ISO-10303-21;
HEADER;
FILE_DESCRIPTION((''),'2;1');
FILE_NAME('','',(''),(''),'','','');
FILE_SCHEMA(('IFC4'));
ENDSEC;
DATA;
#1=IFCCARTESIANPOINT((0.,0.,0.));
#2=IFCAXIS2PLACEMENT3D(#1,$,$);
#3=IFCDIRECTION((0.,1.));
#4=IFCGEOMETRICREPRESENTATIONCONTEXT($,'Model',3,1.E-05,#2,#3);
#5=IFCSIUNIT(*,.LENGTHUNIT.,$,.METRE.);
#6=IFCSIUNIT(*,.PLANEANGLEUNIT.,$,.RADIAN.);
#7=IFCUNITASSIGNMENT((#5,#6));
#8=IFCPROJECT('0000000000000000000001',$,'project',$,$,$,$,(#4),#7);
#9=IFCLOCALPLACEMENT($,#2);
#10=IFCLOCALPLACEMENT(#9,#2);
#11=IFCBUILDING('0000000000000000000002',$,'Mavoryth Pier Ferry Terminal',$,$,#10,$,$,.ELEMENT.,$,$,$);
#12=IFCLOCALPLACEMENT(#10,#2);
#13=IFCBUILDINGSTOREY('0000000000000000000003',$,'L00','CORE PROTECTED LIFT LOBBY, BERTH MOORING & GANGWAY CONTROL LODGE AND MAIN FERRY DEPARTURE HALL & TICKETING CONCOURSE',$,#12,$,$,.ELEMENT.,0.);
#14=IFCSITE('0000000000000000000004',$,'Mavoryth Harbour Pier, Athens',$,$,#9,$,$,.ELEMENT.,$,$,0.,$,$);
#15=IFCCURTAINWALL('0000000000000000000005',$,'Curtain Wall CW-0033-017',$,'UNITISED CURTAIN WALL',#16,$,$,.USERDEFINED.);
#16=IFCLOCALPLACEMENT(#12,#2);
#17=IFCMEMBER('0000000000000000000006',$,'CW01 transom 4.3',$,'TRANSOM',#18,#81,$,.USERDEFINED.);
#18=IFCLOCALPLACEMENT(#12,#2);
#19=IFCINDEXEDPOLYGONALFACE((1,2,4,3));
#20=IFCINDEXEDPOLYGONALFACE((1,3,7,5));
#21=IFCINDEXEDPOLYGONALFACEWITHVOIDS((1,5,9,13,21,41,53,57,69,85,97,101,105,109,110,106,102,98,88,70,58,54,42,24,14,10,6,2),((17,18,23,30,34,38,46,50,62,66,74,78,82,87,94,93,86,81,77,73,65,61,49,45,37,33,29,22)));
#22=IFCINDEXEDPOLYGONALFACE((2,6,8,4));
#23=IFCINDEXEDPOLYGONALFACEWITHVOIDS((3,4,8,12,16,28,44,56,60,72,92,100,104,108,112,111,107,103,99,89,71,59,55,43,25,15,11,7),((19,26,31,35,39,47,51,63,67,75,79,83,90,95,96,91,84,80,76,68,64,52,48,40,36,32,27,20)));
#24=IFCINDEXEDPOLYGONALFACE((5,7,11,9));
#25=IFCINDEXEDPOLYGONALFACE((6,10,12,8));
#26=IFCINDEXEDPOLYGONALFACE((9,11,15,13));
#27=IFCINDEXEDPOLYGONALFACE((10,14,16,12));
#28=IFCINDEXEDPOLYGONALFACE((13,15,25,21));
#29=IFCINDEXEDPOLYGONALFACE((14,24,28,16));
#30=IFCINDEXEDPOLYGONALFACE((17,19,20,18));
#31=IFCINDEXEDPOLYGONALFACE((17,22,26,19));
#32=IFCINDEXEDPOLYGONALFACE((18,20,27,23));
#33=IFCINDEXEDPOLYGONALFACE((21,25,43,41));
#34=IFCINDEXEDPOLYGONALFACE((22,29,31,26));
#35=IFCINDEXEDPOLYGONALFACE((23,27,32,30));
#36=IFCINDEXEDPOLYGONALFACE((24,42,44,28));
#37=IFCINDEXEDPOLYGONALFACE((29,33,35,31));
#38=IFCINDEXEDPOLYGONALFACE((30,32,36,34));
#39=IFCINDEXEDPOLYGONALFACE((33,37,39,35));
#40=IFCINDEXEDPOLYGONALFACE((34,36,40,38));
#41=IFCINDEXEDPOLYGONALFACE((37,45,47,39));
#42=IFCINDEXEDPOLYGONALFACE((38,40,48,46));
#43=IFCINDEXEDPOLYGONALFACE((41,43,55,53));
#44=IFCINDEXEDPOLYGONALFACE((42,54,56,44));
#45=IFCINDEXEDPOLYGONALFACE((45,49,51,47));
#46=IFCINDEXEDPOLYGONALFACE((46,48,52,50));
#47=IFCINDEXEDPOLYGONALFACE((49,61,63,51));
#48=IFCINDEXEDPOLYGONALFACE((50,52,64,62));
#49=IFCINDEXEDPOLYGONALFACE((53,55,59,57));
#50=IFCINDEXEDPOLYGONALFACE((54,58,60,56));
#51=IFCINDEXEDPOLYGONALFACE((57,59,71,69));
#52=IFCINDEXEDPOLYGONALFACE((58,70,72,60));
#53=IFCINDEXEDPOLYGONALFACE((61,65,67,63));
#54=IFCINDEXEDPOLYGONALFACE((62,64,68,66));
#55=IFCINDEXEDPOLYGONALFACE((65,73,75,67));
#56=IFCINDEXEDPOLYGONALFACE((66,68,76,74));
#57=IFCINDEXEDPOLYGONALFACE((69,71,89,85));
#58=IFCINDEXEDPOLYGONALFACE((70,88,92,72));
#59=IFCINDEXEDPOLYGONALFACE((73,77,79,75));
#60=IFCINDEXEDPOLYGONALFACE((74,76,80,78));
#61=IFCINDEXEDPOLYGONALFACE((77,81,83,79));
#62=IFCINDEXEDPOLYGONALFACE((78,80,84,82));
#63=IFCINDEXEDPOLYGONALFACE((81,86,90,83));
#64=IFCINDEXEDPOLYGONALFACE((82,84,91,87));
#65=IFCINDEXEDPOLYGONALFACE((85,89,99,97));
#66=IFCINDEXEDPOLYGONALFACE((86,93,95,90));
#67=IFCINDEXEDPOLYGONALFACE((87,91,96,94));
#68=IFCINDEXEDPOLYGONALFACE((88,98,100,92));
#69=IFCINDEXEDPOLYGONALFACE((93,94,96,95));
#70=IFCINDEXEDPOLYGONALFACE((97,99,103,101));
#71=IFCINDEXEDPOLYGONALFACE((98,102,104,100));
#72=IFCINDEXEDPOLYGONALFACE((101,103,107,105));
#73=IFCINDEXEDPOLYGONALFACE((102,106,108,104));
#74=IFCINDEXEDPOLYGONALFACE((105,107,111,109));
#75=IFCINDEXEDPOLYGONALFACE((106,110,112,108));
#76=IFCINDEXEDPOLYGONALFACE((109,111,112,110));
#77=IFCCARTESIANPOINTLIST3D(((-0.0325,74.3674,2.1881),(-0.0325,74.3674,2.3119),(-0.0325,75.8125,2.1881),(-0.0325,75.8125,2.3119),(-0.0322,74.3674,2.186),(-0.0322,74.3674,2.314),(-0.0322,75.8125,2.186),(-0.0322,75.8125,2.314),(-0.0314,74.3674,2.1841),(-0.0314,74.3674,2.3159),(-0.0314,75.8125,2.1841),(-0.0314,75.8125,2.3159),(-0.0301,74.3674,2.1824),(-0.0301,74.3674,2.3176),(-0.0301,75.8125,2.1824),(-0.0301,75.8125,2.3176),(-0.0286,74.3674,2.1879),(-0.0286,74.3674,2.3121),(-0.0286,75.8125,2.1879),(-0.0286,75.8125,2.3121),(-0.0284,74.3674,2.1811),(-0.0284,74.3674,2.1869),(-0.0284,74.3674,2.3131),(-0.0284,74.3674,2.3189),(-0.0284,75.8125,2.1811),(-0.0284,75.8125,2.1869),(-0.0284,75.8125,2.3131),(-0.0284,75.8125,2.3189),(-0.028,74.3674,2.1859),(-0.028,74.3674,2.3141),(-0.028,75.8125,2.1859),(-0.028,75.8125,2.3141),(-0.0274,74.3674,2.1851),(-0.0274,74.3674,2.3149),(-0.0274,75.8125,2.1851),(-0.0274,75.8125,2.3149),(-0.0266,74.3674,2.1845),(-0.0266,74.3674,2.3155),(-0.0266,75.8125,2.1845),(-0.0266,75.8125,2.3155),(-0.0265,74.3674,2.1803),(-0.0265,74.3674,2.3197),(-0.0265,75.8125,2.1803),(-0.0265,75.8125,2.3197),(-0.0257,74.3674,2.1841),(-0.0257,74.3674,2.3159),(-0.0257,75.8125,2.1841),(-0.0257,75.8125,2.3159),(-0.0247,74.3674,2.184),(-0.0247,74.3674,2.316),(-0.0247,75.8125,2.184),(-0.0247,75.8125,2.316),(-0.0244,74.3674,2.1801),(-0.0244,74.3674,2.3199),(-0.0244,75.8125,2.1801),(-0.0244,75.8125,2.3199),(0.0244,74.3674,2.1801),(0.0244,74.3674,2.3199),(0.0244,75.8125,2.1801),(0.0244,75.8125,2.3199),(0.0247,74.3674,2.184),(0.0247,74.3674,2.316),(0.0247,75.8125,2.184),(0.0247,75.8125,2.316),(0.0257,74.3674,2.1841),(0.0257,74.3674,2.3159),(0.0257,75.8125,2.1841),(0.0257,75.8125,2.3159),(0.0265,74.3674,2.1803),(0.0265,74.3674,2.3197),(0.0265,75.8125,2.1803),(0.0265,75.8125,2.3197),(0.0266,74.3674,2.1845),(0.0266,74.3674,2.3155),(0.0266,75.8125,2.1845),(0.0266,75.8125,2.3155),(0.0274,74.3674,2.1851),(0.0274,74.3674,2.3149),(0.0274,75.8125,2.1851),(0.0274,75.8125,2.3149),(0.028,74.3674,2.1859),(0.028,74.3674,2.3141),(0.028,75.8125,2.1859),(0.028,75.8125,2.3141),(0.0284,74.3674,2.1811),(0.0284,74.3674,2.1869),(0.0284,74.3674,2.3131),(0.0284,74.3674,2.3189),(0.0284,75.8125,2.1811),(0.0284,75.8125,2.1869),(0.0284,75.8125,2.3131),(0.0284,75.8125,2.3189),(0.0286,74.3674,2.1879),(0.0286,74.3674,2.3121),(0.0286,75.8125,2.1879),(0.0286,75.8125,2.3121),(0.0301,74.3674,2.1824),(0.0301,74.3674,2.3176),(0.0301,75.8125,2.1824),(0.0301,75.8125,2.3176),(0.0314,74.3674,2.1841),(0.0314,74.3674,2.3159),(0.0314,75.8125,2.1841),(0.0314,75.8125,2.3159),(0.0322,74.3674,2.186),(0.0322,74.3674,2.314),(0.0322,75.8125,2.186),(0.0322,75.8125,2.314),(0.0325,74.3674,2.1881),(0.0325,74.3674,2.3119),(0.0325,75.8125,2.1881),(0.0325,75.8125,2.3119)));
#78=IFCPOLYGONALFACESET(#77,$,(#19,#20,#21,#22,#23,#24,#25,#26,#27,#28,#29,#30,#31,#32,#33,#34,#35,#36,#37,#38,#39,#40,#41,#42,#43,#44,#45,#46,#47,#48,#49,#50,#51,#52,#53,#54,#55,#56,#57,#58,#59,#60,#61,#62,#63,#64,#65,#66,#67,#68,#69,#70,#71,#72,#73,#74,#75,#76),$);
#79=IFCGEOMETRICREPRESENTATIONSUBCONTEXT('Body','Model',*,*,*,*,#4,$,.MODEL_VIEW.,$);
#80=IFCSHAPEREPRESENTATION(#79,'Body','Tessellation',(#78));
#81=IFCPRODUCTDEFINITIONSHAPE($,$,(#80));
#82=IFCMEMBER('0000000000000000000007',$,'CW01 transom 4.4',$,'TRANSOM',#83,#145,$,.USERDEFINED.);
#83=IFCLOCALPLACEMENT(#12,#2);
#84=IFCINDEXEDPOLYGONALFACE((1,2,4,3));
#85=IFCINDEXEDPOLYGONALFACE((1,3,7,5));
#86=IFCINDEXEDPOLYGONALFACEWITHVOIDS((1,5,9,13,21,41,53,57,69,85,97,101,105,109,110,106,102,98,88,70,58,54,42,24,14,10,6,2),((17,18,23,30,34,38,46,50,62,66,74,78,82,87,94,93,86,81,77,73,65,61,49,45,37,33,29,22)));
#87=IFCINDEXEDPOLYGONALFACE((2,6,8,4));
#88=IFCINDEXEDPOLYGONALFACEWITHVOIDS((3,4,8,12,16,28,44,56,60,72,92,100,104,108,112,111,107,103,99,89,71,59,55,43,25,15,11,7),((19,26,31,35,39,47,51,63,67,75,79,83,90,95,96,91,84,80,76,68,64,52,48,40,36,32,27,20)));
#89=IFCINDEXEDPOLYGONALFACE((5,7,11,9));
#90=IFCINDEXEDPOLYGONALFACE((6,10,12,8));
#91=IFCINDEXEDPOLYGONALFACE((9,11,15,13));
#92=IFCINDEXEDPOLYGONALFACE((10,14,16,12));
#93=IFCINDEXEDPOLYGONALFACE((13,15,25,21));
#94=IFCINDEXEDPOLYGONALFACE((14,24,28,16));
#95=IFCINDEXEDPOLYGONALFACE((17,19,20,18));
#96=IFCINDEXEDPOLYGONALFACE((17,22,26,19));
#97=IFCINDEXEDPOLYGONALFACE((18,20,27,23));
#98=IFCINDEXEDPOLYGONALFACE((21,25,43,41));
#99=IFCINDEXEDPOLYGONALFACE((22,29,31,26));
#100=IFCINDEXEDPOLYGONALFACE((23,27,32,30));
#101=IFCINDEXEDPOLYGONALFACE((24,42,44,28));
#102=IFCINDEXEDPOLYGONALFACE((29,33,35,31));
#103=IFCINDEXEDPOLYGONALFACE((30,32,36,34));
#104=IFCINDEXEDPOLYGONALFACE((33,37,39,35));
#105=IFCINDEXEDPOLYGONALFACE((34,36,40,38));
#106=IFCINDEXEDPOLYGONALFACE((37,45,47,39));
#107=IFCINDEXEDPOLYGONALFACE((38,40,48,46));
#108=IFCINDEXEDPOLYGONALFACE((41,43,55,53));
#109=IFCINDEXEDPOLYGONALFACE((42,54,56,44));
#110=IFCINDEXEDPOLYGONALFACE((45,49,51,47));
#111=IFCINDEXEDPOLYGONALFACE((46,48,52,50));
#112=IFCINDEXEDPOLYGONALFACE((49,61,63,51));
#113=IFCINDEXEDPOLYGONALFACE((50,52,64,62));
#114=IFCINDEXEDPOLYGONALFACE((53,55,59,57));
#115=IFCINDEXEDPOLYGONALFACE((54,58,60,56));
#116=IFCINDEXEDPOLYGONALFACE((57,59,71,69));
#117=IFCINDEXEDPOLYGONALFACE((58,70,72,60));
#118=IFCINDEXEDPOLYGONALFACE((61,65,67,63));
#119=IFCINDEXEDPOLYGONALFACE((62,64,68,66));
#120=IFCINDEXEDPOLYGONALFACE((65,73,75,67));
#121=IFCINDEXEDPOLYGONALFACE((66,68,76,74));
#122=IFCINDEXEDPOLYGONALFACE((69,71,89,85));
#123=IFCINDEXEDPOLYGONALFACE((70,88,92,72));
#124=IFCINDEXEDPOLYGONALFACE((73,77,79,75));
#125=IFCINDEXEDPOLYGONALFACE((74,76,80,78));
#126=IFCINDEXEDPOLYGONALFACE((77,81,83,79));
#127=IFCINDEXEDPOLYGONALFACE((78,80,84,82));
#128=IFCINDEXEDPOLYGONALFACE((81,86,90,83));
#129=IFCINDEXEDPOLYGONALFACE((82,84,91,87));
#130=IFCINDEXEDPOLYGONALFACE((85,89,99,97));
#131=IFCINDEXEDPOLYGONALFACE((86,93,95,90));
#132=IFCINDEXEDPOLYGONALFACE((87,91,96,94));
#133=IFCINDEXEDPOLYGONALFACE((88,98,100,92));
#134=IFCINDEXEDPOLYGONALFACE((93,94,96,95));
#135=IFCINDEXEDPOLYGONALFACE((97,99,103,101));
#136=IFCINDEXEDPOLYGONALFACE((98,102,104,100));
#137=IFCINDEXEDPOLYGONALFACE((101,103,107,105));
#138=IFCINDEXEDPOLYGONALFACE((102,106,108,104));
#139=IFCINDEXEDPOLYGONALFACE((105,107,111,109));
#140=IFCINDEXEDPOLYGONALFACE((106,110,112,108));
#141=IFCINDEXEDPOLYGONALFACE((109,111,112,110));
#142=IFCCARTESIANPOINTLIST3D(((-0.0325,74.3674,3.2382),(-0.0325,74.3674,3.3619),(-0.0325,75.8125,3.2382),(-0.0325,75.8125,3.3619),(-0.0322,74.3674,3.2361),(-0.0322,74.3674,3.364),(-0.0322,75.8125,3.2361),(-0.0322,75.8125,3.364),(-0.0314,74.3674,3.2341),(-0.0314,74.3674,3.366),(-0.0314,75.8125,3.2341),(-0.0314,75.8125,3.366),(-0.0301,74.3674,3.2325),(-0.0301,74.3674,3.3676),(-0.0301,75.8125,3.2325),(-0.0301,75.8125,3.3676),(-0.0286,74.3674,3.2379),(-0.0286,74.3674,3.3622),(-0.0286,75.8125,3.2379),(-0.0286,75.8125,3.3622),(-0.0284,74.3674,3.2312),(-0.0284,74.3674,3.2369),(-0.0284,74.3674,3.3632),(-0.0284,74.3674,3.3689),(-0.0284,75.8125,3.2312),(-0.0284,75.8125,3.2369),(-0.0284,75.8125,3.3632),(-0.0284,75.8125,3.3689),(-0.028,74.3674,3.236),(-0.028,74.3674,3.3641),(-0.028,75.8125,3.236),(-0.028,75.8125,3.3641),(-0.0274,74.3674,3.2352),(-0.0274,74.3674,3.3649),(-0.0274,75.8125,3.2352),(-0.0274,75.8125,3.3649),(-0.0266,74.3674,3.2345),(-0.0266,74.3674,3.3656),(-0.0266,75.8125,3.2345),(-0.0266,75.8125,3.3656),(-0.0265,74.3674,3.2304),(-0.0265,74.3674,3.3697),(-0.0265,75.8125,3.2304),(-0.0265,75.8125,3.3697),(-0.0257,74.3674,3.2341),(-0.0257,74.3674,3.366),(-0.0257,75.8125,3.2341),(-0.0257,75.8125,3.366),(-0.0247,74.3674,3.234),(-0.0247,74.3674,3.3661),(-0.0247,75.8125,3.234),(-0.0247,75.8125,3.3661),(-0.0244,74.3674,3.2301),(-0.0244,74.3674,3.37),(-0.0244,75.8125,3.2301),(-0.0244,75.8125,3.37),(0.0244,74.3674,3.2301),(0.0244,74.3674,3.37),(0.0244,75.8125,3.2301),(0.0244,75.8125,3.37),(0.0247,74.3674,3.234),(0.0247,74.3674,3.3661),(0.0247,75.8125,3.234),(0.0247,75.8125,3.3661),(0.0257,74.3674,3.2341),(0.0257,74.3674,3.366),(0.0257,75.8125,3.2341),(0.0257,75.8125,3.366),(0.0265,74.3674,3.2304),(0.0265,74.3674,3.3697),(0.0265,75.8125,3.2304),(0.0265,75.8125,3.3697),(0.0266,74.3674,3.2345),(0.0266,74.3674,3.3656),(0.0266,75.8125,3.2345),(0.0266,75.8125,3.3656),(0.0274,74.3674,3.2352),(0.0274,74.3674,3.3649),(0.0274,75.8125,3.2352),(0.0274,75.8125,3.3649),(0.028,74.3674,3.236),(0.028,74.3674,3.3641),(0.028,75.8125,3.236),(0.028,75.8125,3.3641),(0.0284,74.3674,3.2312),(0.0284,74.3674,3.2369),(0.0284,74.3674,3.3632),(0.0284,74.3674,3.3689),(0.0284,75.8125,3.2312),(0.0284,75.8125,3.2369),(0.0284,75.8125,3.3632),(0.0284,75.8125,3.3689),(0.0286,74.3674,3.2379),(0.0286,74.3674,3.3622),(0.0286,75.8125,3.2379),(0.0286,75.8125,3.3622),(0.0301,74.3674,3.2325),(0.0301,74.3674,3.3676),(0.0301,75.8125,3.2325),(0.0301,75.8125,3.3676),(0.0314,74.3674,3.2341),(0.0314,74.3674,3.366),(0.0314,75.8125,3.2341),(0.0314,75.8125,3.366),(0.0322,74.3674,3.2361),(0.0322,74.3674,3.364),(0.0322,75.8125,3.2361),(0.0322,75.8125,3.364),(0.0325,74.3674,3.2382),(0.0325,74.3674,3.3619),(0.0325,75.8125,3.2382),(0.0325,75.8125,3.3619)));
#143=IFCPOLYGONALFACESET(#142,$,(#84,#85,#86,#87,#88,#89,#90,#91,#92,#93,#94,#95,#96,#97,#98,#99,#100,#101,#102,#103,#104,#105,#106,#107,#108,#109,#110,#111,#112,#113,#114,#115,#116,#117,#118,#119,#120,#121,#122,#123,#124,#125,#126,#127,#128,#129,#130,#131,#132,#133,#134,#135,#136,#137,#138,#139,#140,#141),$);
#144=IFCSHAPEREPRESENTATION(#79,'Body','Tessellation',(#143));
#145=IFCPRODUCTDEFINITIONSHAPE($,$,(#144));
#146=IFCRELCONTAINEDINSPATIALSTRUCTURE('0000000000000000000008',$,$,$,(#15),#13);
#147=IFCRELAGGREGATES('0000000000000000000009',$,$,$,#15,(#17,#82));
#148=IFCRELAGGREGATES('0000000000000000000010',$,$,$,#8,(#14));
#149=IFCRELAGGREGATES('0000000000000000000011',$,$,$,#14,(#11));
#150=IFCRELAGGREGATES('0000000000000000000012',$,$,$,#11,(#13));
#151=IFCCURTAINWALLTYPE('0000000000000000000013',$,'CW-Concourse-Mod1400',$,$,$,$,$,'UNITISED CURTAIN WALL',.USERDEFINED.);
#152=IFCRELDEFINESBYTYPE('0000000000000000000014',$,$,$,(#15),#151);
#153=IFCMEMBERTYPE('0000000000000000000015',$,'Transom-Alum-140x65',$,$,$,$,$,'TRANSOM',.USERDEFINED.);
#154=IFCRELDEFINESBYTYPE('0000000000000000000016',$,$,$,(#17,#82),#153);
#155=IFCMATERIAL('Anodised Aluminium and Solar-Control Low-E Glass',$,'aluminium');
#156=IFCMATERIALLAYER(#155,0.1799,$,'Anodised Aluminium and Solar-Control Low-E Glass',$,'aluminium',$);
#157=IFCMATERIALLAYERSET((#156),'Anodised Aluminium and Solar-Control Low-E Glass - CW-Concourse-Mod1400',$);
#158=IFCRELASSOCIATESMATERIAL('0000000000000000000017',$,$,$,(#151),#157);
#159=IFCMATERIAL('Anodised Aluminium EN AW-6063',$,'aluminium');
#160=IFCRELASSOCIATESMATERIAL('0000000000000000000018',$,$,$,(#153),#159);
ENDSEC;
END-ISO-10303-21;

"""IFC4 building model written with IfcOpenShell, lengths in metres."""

from ifc_helpers import new_model, si_unit, direction, frame, origin, origin_2d, place, context, subcontext, project, spatial, hollow_rectangle, extrude, material, layer, layer_set, material_profile, profile_set, type_object, element, aggregate, save


model = new_model("IFC4")

# Units and contexts
model_context = context("Model", 3, precision=1e-05, world=origin(), true_north=direction((0.0, 1.0)))
body_context = subcontext(model_context, "Body", "Model", "MODEL_VIEW")
ifc_project = project(units=[si_unit("LENGTHUNIT", "METRE"), si_unit("PLANEANGLEUNIT", "RADIAN")], contexts=[model_context])

# Site, building, storey
site_placement = place(None, origin())
site = spatial("IfcSite", under=ifc_project, at=site_placement, Name="Mavoryth Harbour Pier, Athens", CompositionType="ELEMENT", RefElevation=0.0)
building_placement = place(site_placement, origin())
building = spatial("IfcBuilding", under=site, at=building_placement, Name="Mavoryth Pier Ferry Terminal", CompositionType="ELEMENT")
storey_placement = place(building_placement, origin())
storey = spatial("IfcBuildingStorey", under=building, at=storey_placement, Name="L00", Description="CORE PROTECTED LIFT LOBBY, BERTH MOORING & GANGWAY CONTROL LODGE AND MAIN FERRY DEPARTURE HALL & TICKETING CONCOURSE", CompositionType="ELEMENT", Elevation=0.0)

# Curtain wall, members
ifc_material_1 = material(Name="Anodised Aluminium and Solar-Control Low-E Glass", Category="aluminium")
ifc_layer_1 = layer(ifc_material_1, 0.1799, Name="Anodised Aluminium and Solar-Control Low-E Glass", Category="aluminium")
ifc_layer_set_1 = layer_set([ifc_layer_1], Name="Anodised Aluminium and Solar-Control Low-E Glass - CW-Concourse-Mod1400")
curtain_wall_type = type_object("IfcCurtainWallType", Name="CW-Concourse-Mod1400", ElementType="UNITISED CURTAIN WALL", PredefinedType="USERDEFINED", material=ifc_layer_set_1)
curtain_wall_placement = place(storey_placement, origin())
curtain_wall = element("IfcCurtainWall", 1, at=curtain_wall_placement, inside=storey, type_object=curtain_wall_type, Name="Curtain Wall CW-0033-017", ObjectType="UNITISED CURTAIN WALL", PredefinedType="USERDEFINED")
ifc_material_2 = material(Name="Anodised Aluminium EN AW-6063", Category="aluminium")
ifc_material_profile_1 = material_profile(ifc_material_2, hollow_rectangle(XDim=0.0649, YDim=0.1399, WallThickness=0.0039, InnerFilletRadius=0.0039, OuterFilletRadius=0.0081, at=origin_2d()), Name="AL-TRAN 140x65x4", Category="aluminium")
ifc_profile_set_1 = profile_set([ifc_material_profile_1], Name="Anodised Aluminium EN AW-6063 - AL-TRAN 140x65x4")
member_type_1 = type_object("IfcMemberType", Name="Transom-Alum-140x65", ElementType="TRANSOM", PredefinedType="USERDEFINED", material=ifc_profile_set_1)
member_1_placement = place(storey_placement, frame((0.0, 75.8125, 2.25), z_axis=(0.0, -1.0, 0.0), x_axis=(1.0, 0.0, 0.0)))
member_1 = element("IfcMember", 2, at=member_1_placement, type_object=member_type_1, Name="CW01 transom 4.3", ObjectType="TRANSOM", PredefinedType="USERDEFINED", context=body_context, shape_type="SweptSolid", body=[
    extrude(hollow_rectangle(XDim=0.0649, YDim=0.1399, WallThickness=0.0039, InnerFilletRadius=0.0039, OuterFilletRadius=0.0081, at=origin_2d()), origin(), (0.0, 0.0, 1.0), 1.4451),
])
member_2_placement = place(storey_placement, frame((0.0, 75.8125, 3.3), z_axis=(0.0, -1.0, 0.0), x_axis=(1.0, 0.0, 0.0)))
member_2 = element("IfcMember", 3, at=member_2_placement, type_object=member_type_1, Name="CW01 transom 4.4", ObjectType="TRANSOM", PredefinedType="USERDEFINED", context=body_context, shape_type="SweptSolid", body=[
    extrude(hollow_rectangle(XDim=0.0649, YDim=0.1399, WallThickness=0.0039, InnerFilletRadius=0.0039, OuterFilletRadius=0.0081, at=origin_2d()), origin(), (0.0, 0.0, 1.0), 1.4451),
])
aggregate(curtain_wall, [member_1, member_2])

save(model, "model.ifc")
